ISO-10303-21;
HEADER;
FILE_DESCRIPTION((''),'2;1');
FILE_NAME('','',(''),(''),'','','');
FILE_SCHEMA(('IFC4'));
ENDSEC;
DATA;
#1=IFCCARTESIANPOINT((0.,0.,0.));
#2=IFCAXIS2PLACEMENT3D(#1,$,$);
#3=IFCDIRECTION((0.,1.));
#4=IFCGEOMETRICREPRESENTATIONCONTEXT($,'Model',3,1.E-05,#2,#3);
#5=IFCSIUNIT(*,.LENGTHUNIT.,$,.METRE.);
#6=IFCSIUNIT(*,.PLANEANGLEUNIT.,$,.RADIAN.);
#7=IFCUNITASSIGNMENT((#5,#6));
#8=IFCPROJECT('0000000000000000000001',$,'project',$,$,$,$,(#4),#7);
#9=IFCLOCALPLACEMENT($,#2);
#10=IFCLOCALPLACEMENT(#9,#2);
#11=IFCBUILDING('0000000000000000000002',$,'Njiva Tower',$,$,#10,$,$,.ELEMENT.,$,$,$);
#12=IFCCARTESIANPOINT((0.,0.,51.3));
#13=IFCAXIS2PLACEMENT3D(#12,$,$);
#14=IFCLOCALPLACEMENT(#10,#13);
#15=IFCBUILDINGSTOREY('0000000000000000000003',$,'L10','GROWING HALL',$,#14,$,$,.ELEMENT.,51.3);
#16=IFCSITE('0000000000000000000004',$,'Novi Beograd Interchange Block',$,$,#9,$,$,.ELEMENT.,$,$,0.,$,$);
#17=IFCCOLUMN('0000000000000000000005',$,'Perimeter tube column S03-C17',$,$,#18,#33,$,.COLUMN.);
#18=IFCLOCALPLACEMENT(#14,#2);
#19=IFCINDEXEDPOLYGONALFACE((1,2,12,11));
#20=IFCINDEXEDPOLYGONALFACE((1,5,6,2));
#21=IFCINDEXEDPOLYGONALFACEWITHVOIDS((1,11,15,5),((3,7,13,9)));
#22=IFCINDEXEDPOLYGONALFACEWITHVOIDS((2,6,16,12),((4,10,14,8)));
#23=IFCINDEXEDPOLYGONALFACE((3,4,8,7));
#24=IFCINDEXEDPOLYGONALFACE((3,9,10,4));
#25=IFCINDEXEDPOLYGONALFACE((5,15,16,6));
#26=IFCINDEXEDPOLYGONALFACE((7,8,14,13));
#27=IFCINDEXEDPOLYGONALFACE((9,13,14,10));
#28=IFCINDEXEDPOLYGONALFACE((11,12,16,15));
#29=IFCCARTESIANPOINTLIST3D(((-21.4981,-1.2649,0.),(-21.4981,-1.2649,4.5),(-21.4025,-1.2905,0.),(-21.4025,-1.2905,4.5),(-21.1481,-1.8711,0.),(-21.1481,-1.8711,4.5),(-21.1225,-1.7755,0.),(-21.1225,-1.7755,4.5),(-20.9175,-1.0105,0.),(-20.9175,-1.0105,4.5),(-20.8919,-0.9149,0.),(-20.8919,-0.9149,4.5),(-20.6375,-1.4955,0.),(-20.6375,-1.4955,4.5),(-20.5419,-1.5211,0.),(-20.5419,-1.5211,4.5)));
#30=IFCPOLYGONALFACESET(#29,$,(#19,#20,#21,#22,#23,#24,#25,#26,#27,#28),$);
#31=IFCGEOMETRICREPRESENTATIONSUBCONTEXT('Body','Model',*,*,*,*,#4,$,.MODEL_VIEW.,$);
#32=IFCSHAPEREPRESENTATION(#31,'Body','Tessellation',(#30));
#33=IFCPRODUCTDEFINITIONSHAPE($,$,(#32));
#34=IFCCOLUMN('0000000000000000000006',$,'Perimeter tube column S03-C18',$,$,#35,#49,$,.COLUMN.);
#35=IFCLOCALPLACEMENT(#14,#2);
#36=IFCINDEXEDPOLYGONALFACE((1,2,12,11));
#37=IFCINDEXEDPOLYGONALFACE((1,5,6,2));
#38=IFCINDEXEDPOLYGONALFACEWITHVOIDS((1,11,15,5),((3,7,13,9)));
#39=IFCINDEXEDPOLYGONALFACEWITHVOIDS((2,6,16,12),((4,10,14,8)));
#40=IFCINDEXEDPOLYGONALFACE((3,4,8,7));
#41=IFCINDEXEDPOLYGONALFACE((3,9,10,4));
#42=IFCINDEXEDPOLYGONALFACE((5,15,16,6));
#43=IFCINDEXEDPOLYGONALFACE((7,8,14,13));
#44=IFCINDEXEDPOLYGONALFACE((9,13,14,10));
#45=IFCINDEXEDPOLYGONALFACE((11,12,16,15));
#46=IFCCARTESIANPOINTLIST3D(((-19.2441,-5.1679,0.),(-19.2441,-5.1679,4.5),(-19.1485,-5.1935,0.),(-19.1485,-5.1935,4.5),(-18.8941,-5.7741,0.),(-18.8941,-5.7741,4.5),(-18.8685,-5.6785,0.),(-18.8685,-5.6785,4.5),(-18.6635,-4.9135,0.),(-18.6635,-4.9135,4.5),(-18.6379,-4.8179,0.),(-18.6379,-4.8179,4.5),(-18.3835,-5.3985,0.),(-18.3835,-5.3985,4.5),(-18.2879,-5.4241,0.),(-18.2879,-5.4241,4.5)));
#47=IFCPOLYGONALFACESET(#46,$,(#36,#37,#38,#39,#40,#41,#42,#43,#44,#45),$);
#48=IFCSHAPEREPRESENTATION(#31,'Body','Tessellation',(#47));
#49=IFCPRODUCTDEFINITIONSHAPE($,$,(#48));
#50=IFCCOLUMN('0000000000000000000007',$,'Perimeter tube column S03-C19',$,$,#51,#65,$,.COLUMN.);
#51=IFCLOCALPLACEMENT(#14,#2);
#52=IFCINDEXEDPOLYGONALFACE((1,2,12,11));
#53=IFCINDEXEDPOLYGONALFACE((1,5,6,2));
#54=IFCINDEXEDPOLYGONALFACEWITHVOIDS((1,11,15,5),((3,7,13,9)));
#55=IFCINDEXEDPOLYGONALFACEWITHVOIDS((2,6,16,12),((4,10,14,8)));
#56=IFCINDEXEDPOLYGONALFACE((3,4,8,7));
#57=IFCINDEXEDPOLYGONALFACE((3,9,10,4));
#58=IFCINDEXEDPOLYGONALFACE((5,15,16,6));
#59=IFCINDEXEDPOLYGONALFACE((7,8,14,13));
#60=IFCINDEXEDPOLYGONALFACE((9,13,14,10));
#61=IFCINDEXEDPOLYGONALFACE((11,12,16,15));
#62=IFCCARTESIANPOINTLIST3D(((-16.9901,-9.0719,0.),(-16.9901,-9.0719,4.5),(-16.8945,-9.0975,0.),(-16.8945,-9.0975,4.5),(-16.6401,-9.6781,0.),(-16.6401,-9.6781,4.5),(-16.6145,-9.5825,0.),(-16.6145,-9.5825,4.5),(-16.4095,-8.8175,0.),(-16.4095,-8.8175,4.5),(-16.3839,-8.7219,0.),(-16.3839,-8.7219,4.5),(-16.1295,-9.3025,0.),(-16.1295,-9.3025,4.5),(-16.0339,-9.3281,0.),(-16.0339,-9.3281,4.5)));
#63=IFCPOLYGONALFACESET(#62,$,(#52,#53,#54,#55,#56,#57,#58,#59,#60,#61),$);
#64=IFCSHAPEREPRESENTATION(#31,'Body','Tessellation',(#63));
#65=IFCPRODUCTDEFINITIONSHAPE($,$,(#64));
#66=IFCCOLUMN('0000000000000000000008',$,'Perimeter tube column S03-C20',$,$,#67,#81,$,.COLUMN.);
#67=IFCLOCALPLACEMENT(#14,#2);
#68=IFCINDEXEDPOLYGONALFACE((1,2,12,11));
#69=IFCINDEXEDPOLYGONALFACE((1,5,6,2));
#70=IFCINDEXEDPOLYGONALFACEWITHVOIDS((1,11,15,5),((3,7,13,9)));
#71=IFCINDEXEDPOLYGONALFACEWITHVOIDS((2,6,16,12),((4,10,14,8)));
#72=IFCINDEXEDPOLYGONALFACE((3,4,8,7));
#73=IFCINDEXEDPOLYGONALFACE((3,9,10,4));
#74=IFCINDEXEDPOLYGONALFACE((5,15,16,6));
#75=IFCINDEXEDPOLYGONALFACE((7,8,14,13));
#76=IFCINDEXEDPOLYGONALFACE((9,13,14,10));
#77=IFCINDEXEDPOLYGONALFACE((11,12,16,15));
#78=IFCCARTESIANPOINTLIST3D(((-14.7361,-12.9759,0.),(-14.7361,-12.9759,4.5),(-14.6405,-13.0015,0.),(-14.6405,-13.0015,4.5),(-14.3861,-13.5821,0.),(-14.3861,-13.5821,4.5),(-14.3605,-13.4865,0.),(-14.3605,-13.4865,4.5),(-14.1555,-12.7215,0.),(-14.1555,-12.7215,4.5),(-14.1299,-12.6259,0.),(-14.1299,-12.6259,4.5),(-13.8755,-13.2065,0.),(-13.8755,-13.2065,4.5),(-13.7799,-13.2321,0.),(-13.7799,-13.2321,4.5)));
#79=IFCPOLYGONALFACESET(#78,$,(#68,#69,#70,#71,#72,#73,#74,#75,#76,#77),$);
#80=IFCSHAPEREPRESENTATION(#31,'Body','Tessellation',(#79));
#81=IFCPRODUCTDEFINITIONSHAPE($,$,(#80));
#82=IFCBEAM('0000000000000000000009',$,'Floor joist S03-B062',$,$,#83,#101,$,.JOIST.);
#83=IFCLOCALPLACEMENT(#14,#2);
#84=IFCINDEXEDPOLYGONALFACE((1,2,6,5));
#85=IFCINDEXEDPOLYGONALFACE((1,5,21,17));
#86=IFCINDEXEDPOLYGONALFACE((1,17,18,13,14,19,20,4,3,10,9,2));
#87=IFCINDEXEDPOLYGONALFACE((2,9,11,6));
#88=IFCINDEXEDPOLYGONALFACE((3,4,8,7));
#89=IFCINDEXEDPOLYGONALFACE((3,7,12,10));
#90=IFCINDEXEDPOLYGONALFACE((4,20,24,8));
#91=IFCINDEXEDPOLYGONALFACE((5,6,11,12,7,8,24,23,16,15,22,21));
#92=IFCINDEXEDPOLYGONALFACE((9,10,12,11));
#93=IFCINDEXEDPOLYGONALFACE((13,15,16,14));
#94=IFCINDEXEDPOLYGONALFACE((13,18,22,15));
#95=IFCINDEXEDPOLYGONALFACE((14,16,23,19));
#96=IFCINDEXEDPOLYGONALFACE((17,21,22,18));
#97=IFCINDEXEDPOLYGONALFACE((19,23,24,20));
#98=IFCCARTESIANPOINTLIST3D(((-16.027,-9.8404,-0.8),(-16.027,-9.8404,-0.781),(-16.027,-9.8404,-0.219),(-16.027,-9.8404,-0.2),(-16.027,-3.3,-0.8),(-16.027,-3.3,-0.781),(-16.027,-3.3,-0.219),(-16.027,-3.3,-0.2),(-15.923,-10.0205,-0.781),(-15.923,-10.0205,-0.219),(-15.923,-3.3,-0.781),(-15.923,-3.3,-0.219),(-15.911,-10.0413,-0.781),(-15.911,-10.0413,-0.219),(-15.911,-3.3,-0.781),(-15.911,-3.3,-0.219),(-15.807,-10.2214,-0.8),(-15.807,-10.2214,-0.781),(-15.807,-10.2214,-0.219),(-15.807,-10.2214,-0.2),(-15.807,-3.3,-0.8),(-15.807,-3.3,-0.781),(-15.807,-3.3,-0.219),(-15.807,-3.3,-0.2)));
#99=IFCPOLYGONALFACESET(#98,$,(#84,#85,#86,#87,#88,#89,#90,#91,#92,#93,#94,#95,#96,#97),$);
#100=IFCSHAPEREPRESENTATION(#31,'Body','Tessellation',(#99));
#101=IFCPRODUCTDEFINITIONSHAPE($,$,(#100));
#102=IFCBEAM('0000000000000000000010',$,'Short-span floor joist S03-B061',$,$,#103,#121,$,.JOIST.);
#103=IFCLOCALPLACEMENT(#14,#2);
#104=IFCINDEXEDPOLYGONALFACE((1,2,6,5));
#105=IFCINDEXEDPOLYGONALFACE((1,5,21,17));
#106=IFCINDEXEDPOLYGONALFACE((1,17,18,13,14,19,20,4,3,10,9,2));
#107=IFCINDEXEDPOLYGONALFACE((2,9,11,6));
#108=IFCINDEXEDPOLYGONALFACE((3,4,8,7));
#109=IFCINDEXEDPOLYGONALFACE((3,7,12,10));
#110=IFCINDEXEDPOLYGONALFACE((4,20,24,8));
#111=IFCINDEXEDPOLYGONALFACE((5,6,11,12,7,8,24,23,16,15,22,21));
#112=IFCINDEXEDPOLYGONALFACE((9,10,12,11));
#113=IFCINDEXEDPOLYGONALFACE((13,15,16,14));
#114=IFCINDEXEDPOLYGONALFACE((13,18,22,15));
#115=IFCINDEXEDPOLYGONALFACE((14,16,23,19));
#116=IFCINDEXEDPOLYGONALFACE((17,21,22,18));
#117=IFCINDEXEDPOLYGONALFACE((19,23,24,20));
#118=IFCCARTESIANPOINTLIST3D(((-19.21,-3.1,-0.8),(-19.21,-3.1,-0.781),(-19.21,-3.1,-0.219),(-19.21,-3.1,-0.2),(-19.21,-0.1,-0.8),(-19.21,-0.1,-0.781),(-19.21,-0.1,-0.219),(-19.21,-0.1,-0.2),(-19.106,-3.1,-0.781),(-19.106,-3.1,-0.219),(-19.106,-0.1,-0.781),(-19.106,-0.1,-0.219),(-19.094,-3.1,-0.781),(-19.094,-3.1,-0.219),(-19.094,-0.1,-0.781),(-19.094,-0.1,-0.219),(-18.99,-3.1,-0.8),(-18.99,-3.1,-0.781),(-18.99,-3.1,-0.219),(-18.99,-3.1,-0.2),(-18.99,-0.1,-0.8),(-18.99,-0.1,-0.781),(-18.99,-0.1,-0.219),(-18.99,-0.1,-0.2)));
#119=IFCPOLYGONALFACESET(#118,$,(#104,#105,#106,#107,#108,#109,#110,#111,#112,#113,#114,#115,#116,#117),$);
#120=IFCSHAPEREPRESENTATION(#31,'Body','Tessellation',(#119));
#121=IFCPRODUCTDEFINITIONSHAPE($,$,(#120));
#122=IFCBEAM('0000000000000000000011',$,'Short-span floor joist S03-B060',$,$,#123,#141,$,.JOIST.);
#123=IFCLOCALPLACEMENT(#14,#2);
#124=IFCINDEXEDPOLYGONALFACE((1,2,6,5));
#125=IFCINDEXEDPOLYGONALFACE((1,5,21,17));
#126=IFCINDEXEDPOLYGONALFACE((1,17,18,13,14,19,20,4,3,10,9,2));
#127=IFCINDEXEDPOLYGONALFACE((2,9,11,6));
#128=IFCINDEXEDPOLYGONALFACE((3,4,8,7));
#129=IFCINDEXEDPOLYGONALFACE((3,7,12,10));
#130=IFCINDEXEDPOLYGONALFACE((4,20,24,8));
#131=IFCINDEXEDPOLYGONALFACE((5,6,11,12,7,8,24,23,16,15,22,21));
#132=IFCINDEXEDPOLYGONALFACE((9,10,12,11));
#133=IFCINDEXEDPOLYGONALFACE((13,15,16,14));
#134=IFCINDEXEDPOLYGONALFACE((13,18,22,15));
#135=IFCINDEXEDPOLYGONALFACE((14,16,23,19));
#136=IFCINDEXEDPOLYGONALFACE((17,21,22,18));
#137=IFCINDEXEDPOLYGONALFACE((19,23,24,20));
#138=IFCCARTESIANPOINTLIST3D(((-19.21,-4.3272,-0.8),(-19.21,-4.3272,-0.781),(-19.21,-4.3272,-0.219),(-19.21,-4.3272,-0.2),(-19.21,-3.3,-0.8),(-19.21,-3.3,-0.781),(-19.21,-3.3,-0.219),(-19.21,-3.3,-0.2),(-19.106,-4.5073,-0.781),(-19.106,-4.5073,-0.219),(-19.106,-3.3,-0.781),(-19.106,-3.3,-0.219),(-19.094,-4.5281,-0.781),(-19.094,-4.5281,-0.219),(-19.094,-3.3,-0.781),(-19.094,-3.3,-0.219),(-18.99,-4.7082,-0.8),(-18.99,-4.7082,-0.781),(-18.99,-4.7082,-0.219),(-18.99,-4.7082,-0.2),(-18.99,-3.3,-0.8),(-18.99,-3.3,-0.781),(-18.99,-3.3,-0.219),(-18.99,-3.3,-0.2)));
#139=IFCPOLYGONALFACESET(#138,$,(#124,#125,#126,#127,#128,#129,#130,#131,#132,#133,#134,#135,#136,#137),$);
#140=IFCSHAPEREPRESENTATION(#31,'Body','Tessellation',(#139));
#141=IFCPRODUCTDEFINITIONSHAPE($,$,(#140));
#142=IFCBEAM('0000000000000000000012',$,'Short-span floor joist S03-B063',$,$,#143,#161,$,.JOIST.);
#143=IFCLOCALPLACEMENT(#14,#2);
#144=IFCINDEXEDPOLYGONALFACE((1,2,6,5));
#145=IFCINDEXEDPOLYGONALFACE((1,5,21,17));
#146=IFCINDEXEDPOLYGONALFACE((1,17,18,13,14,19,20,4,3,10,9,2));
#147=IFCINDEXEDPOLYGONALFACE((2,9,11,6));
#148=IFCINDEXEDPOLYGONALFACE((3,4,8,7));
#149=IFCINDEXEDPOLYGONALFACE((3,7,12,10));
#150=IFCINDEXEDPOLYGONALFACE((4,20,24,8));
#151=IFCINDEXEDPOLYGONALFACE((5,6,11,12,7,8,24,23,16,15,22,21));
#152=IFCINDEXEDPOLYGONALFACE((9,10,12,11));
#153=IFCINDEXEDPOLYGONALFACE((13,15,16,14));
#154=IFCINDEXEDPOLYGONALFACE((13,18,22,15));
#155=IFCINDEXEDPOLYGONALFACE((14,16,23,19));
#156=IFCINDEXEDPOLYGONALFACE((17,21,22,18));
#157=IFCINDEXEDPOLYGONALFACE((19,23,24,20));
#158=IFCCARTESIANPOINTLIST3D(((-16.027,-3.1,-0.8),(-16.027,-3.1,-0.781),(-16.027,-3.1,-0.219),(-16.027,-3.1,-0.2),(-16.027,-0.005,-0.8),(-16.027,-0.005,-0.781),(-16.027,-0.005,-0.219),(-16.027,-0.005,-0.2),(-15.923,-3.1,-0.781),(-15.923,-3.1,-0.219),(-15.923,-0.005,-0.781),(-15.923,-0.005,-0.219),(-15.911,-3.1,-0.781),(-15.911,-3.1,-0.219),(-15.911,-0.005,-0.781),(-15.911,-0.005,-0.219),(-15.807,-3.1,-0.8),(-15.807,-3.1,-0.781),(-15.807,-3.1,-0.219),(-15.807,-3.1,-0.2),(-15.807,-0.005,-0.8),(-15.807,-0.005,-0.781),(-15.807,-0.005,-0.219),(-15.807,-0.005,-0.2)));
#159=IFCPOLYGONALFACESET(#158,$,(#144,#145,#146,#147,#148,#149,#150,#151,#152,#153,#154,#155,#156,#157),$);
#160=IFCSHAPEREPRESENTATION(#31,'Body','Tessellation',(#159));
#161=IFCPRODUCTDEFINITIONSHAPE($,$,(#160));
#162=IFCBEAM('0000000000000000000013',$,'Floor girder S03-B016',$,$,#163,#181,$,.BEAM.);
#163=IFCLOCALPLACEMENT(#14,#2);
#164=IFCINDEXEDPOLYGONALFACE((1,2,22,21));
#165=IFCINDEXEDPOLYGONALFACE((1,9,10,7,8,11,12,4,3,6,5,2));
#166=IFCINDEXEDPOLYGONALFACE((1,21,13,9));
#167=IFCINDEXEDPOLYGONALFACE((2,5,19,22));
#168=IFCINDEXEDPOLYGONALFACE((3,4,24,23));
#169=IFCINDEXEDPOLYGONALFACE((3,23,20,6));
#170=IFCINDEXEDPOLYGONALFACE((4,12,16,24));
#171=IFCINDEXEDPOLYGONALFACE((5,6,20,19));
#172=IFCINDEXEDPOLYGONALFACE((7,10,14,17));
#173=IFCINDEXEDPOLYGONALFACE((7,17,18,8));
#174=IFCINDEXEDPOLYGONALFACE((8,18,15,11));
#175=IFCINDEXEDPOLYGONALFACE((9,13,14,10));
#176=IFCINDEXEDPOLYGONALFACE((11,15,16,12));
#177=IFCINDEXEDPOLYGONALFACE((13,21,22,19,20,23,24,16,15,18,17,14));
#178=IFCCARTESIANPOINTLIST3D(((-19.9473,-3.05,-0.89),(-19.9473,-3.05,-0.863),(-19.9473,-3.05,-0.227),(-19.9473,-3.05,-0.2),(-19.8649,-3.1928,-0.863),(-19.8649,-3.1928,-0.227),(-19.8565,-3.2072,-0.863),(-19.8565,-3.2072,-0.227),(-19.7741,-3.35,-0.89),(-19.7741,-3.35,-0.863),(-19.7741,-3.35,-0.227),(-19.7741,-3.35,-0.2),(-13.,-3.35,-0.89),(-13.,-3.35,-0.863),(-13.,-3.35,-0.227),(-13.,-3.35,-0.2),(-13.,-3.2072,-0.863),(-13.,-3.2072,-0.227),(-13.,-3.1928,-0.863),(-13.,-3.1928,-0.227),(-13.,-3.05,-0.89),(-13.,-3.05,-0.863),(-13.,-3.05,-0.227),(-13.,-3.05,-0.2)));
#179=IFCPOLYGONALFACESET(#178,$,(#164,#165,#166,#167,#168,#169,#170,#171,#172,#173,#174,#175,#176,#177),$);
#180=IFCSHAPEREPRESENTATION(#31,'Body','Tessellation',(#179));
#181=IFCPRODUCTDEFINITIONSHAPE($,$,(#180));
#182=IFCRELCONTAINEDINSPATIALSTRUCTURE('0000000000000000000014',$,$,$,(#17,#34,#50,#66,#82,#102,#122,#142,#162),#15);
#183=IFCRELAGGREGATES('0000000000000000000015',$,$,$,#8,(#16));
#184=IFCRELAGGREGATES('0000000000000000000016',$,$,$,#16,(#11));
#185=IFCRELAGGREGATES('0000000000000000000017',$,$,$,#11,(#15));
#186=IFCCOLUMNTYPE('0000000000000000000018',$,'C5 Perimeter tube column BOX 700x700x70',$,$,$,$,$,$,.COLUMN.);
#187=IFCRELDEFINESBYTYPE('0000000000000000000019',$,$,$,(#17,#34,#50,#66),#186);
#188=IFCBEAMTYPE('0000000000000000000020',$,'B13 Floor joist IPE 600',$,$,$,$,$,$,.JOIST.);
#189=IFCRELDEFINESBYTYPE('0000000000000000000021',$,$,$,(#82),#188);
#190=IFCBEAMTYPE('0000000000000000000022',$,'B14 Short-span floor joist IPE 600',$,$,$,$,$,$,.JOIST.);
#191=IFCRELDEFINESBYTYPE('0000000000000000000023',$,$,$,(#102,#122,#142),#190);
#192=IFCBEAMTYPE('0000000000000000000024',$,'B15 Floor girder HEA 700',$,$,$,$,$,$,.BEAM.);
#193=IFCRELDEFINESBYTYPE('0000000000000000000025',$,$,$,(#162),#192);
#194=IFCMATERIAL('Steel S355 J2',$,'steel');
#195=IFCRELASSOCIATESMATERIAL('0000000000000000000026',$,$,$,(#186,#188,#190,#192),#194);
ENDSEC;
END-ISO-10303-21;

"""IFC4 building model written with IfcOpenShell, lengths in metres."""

from ifc_helpers import new_model, si_unit, direction, frame, origin, origin_2d, place, context, subcontext, project, spatial, hollow_rectangle, i_section, extrude, clip, halfspace, material, material_profile, profile_set, type_object, element, save


model = new_model("IFC4")

# Units and contexts
model_context = context("Model", 3, precision=1e-05, world=origin(), true_north=direction((0.0, 1.0)))
body_context = subcontext(model_context, "Body", "Model", "MODEL_VIEW")
ifc_project = project(units=[si_unit("LENGTHUNIT", "METRE"), si_unit("PLANEANGLEUNIT", "RADIAN")], contexts=[model_context])

# Site, building, storey
site_placement = place(None, origin())
site = spatial("IfcSite", under=ifc_project, at=site_placement, Name="Novi Beograd Interchange Block", CompositionType="ELEMENT", RefElevation=0.0)
building_placement = place(site_placement, origin())
building = spatial("IfcBuilding", under=site, at=building_placement, Name="Njiva Tower", CompositionType="ELEMENT")
storey_placement = place(building_placement, frame((0.0, 0.0, 51.3)))
storey = spatial("IfcBuildingStorey", under=building, at=storey_placement, Name="L10", Description="GROWING HALL", CompositionType="ELEMENT", Elevation=51.3)

# Columns
ifc_material_1 = material(Name="Steel S355 J2", Category="steel")
ifc_material_profile_1 = material_profile(ifc_material_1, hollow_rectangle(XDim=0.7, YDim=0.7, WallThickness=0.07, at=origin_2d()), Name="BOX 700x700x70")
ifc_profile_set_1 = profile_set([ifc_material_profile_1], Name="Steel S355 J2")
column_type = type_object("IfcColumnType", Name="C5 Perimeter tube column BOX 700x700x70", PredefinedType="COLUMN", material=ifc_profile_set_1)
for number, where, z_axis, x_axis, name in (
    (1, (-21.02, -1.393, 0.0), (0.0, 0.0, 1.0), (0.5, -0.866025, 0.0), "Perimeter tube column S03-C17"),
    (2, (-18.766, -5.296, 0.0), (0.0, 0.0, 1.0), (0.5, -0.866025, 0.0), "Perimeter tube column S03-C18"),
    (3, (-16.512, -9.2, 0.0), (0.0, 0.0, 1.0), (0.5, -0.866025, 0.0), "Perimeter tube column S03-C19"),
    (4, (-14.258, -13.104, 0.0), (0.0, 0.0, 1.0), (0.5, -0.866025, 0.0), "Perimeter tube column S03-C20"),
):
    element("IfcColumn", number, at=place(storey_placement, frame(where, z_axis=z_axis, x_axis=x_axis)), inside=storey, type_object=column_type, Name=name, PredefinedType="COLUMN", context=body_context, shape_type="SweptSolid", body=[
        extrude(hollow_rectangle(XDim=0.7, YDim=0.7, WallThickness=0.07, at=origin_2d()), origin(), (0.0, 0.0, 1.0), 4.5),
    ])

# Beams
ifc_material_profile_2 = material_profile(ifc_material_1, i_section(OverallWidth=0.22, OverallDepth=0.6, WebThickness=0.012, FlangeThickness=0.019, at=origin_2d()), Name="IPE 600")
ifc_profile_set_2 = profile_set([ifc_material_profile_2], Name="Steel S355 J2")
beam_type_1 = type_object("IfcBeamType", Name="B13 Floor joist IPE 600", PredefinedType="JOIST", material=ifc_profile_set_2)
beam_1_placement = place(storey_placement, frame((-15.917, -3.3, -0.5), z_axis=(0.0, -1.0, 0.0), x_axis=(1.0, 0.0, 0.0)))
element("IfcBeam", 5, at=beam_1_placement, inside=storey, type_object=beam_type_1, Name="Floor joist S03-B062", PredefinedType="JOIST", context=body_context, shape_type="Clipping", body=[
    clip(extrude(i_section(OverallWidth=0.22, OverallDepth=0.6, WebThickness=0.012, FlangeThickness=0.019, at=origin_2d()), origin(), (0.0, 0.0, 1.0), 6.942), halfspace(frame((-0.043, 0.0, 6.6564), z_axis=(-0.866027, 0.0, 0.499998), x_axis=(0.0, 1.0, 0.0)), False)),
])
ifc_material_profile_3 = material_profile(ifc_material_1, i_section(OverallWidth=0.22, OverallDepth=0.6, WebThickness=0.012, FlangeThickness=0.019, at=origin_2d()), Name="IPE 600")
ifc_profile_set_3 = profile_set([ifc_material_profile_3], Name="Steel S355 J2")
beam_type_2 = type_object("IfcBeamType", Name="B14 Short-span floor joist IPE 600", PredefinedType="JOIST", material=ifc_profile_set_3)
beam_2_placement = place(storey_placement, frame((-19.1, -0.1, -0.5), z_axis=(0.0, -1.0, 0.0), x_axis=(1.0, 0.0, 0.0)))
element("IfcBeam", 6, at=beam_2_placement, inside=storey, type_object=beam_type_2, Name="Short-span floor joist S03-B061", PredefinedType="JOIST", context=body_context, shape_type="SweptSolid", body=[
    extrude(i_section(OverallWidth=0.22, OverallDepth=0.6, WebThickness=0.012, FlangeThickness=0.019, at=origin_2d()), origin(), (0.0, 0.0, 1.0), 3.0),
])
beam_3_placement = place(storey_placement, frame((-19.1, -3.3, -0.5), z_axis=(0.0, -1.0, 0.0), x_axis=(1.0, 0.0, 0.0)))
element("IfcBeam", 7, at=beam_3_placement, inside=storey, type_object=beam_type_2, Name="Short-span floor joist S03-B060", PredefinedType="JOIST", context=body_context, shape_type="Clipping", body=[
    clip(extrude(i_section(OverallWidth=0.22, OverallDepth=0.6, WebThickness=0.012, FlangeThickness=0.019, at=origin_2d()), origin(), (0.0, 0.0, 1.0), 1.429), halfspace(frame((-0.0433, 0.0, 1.1427), z_axis=(-0.866027, 0.0, 0.499998), x_axis=(0.0, 1.0, 0.0)), False)),
])
beam_4_placement = place(storey_placement, frame((-15.917, -0.005, -0.5), z_axis=(0.0, -1.0, 0.0), x_axis=(1.0, 0.0, 0.0)))
element("IfcBeam", 8, at=beam_4_placement, inside=storey, type_object=beam_type_2, Name="Short-span floor joist S03-B063", PredefinedType="JOIST", context=body_context, shape_type="SweptSolid", body=[
    extrude(i_section(OverallWidth=0.22, OverallDepth=0.6, WebThickness=0.012, FlangeThickness=0.019, at=origin_2d()), origin(), (0.0, 0.0, 1.0), 3.095),
])
ifc_material_profile_4 = material_profile(ifc_material_1, i_section(OverallWidth=0.3, OverallDepth=0.69, WebThickness=0.0145, FlangeThickness=0.027, at=origin_2d()), Name="HEA 700")
ifc_profile_set_4 = profile_set([ifc_material_profile_4], Name="Steel S355 J2")
beam_type_3 = type_object("IfcBeamType", Name="B15 Floor girder HEA 700", PredefinedType="BEAM", material=ifc_profile_set_4)
beam_5_placement = place(storey_placement, frame((-19.968, -3.2, -0.545), z_axis=(1.0, 0.0, 0.0), x_axis=(0.0, 1.0, 0.0)))
element("IfcBeam", 9, at=beam_5_placement, inside=storey, type_object=beam_type_3, Name="Floor girder S03-B016", PredefinedType="BEAM", context=body_context, shape_type="Clipping", body=[
    clip(extrude(i_section(OverallWidth=0.3, OverallDepth=0.69, WebThickness=0.0145, FlangeThickness=0.027, at=origin_2d()), origin(), (0.0, 0.0, 1.0), 6.968), halfspace(frame((-0.025, 0.0, 0.1217), z_axis=(-0.499998, 0.0, -0.866027), x_axis=(0.0, -1.0, 0.0)), False)),
])

save(model, "model.ifc")
